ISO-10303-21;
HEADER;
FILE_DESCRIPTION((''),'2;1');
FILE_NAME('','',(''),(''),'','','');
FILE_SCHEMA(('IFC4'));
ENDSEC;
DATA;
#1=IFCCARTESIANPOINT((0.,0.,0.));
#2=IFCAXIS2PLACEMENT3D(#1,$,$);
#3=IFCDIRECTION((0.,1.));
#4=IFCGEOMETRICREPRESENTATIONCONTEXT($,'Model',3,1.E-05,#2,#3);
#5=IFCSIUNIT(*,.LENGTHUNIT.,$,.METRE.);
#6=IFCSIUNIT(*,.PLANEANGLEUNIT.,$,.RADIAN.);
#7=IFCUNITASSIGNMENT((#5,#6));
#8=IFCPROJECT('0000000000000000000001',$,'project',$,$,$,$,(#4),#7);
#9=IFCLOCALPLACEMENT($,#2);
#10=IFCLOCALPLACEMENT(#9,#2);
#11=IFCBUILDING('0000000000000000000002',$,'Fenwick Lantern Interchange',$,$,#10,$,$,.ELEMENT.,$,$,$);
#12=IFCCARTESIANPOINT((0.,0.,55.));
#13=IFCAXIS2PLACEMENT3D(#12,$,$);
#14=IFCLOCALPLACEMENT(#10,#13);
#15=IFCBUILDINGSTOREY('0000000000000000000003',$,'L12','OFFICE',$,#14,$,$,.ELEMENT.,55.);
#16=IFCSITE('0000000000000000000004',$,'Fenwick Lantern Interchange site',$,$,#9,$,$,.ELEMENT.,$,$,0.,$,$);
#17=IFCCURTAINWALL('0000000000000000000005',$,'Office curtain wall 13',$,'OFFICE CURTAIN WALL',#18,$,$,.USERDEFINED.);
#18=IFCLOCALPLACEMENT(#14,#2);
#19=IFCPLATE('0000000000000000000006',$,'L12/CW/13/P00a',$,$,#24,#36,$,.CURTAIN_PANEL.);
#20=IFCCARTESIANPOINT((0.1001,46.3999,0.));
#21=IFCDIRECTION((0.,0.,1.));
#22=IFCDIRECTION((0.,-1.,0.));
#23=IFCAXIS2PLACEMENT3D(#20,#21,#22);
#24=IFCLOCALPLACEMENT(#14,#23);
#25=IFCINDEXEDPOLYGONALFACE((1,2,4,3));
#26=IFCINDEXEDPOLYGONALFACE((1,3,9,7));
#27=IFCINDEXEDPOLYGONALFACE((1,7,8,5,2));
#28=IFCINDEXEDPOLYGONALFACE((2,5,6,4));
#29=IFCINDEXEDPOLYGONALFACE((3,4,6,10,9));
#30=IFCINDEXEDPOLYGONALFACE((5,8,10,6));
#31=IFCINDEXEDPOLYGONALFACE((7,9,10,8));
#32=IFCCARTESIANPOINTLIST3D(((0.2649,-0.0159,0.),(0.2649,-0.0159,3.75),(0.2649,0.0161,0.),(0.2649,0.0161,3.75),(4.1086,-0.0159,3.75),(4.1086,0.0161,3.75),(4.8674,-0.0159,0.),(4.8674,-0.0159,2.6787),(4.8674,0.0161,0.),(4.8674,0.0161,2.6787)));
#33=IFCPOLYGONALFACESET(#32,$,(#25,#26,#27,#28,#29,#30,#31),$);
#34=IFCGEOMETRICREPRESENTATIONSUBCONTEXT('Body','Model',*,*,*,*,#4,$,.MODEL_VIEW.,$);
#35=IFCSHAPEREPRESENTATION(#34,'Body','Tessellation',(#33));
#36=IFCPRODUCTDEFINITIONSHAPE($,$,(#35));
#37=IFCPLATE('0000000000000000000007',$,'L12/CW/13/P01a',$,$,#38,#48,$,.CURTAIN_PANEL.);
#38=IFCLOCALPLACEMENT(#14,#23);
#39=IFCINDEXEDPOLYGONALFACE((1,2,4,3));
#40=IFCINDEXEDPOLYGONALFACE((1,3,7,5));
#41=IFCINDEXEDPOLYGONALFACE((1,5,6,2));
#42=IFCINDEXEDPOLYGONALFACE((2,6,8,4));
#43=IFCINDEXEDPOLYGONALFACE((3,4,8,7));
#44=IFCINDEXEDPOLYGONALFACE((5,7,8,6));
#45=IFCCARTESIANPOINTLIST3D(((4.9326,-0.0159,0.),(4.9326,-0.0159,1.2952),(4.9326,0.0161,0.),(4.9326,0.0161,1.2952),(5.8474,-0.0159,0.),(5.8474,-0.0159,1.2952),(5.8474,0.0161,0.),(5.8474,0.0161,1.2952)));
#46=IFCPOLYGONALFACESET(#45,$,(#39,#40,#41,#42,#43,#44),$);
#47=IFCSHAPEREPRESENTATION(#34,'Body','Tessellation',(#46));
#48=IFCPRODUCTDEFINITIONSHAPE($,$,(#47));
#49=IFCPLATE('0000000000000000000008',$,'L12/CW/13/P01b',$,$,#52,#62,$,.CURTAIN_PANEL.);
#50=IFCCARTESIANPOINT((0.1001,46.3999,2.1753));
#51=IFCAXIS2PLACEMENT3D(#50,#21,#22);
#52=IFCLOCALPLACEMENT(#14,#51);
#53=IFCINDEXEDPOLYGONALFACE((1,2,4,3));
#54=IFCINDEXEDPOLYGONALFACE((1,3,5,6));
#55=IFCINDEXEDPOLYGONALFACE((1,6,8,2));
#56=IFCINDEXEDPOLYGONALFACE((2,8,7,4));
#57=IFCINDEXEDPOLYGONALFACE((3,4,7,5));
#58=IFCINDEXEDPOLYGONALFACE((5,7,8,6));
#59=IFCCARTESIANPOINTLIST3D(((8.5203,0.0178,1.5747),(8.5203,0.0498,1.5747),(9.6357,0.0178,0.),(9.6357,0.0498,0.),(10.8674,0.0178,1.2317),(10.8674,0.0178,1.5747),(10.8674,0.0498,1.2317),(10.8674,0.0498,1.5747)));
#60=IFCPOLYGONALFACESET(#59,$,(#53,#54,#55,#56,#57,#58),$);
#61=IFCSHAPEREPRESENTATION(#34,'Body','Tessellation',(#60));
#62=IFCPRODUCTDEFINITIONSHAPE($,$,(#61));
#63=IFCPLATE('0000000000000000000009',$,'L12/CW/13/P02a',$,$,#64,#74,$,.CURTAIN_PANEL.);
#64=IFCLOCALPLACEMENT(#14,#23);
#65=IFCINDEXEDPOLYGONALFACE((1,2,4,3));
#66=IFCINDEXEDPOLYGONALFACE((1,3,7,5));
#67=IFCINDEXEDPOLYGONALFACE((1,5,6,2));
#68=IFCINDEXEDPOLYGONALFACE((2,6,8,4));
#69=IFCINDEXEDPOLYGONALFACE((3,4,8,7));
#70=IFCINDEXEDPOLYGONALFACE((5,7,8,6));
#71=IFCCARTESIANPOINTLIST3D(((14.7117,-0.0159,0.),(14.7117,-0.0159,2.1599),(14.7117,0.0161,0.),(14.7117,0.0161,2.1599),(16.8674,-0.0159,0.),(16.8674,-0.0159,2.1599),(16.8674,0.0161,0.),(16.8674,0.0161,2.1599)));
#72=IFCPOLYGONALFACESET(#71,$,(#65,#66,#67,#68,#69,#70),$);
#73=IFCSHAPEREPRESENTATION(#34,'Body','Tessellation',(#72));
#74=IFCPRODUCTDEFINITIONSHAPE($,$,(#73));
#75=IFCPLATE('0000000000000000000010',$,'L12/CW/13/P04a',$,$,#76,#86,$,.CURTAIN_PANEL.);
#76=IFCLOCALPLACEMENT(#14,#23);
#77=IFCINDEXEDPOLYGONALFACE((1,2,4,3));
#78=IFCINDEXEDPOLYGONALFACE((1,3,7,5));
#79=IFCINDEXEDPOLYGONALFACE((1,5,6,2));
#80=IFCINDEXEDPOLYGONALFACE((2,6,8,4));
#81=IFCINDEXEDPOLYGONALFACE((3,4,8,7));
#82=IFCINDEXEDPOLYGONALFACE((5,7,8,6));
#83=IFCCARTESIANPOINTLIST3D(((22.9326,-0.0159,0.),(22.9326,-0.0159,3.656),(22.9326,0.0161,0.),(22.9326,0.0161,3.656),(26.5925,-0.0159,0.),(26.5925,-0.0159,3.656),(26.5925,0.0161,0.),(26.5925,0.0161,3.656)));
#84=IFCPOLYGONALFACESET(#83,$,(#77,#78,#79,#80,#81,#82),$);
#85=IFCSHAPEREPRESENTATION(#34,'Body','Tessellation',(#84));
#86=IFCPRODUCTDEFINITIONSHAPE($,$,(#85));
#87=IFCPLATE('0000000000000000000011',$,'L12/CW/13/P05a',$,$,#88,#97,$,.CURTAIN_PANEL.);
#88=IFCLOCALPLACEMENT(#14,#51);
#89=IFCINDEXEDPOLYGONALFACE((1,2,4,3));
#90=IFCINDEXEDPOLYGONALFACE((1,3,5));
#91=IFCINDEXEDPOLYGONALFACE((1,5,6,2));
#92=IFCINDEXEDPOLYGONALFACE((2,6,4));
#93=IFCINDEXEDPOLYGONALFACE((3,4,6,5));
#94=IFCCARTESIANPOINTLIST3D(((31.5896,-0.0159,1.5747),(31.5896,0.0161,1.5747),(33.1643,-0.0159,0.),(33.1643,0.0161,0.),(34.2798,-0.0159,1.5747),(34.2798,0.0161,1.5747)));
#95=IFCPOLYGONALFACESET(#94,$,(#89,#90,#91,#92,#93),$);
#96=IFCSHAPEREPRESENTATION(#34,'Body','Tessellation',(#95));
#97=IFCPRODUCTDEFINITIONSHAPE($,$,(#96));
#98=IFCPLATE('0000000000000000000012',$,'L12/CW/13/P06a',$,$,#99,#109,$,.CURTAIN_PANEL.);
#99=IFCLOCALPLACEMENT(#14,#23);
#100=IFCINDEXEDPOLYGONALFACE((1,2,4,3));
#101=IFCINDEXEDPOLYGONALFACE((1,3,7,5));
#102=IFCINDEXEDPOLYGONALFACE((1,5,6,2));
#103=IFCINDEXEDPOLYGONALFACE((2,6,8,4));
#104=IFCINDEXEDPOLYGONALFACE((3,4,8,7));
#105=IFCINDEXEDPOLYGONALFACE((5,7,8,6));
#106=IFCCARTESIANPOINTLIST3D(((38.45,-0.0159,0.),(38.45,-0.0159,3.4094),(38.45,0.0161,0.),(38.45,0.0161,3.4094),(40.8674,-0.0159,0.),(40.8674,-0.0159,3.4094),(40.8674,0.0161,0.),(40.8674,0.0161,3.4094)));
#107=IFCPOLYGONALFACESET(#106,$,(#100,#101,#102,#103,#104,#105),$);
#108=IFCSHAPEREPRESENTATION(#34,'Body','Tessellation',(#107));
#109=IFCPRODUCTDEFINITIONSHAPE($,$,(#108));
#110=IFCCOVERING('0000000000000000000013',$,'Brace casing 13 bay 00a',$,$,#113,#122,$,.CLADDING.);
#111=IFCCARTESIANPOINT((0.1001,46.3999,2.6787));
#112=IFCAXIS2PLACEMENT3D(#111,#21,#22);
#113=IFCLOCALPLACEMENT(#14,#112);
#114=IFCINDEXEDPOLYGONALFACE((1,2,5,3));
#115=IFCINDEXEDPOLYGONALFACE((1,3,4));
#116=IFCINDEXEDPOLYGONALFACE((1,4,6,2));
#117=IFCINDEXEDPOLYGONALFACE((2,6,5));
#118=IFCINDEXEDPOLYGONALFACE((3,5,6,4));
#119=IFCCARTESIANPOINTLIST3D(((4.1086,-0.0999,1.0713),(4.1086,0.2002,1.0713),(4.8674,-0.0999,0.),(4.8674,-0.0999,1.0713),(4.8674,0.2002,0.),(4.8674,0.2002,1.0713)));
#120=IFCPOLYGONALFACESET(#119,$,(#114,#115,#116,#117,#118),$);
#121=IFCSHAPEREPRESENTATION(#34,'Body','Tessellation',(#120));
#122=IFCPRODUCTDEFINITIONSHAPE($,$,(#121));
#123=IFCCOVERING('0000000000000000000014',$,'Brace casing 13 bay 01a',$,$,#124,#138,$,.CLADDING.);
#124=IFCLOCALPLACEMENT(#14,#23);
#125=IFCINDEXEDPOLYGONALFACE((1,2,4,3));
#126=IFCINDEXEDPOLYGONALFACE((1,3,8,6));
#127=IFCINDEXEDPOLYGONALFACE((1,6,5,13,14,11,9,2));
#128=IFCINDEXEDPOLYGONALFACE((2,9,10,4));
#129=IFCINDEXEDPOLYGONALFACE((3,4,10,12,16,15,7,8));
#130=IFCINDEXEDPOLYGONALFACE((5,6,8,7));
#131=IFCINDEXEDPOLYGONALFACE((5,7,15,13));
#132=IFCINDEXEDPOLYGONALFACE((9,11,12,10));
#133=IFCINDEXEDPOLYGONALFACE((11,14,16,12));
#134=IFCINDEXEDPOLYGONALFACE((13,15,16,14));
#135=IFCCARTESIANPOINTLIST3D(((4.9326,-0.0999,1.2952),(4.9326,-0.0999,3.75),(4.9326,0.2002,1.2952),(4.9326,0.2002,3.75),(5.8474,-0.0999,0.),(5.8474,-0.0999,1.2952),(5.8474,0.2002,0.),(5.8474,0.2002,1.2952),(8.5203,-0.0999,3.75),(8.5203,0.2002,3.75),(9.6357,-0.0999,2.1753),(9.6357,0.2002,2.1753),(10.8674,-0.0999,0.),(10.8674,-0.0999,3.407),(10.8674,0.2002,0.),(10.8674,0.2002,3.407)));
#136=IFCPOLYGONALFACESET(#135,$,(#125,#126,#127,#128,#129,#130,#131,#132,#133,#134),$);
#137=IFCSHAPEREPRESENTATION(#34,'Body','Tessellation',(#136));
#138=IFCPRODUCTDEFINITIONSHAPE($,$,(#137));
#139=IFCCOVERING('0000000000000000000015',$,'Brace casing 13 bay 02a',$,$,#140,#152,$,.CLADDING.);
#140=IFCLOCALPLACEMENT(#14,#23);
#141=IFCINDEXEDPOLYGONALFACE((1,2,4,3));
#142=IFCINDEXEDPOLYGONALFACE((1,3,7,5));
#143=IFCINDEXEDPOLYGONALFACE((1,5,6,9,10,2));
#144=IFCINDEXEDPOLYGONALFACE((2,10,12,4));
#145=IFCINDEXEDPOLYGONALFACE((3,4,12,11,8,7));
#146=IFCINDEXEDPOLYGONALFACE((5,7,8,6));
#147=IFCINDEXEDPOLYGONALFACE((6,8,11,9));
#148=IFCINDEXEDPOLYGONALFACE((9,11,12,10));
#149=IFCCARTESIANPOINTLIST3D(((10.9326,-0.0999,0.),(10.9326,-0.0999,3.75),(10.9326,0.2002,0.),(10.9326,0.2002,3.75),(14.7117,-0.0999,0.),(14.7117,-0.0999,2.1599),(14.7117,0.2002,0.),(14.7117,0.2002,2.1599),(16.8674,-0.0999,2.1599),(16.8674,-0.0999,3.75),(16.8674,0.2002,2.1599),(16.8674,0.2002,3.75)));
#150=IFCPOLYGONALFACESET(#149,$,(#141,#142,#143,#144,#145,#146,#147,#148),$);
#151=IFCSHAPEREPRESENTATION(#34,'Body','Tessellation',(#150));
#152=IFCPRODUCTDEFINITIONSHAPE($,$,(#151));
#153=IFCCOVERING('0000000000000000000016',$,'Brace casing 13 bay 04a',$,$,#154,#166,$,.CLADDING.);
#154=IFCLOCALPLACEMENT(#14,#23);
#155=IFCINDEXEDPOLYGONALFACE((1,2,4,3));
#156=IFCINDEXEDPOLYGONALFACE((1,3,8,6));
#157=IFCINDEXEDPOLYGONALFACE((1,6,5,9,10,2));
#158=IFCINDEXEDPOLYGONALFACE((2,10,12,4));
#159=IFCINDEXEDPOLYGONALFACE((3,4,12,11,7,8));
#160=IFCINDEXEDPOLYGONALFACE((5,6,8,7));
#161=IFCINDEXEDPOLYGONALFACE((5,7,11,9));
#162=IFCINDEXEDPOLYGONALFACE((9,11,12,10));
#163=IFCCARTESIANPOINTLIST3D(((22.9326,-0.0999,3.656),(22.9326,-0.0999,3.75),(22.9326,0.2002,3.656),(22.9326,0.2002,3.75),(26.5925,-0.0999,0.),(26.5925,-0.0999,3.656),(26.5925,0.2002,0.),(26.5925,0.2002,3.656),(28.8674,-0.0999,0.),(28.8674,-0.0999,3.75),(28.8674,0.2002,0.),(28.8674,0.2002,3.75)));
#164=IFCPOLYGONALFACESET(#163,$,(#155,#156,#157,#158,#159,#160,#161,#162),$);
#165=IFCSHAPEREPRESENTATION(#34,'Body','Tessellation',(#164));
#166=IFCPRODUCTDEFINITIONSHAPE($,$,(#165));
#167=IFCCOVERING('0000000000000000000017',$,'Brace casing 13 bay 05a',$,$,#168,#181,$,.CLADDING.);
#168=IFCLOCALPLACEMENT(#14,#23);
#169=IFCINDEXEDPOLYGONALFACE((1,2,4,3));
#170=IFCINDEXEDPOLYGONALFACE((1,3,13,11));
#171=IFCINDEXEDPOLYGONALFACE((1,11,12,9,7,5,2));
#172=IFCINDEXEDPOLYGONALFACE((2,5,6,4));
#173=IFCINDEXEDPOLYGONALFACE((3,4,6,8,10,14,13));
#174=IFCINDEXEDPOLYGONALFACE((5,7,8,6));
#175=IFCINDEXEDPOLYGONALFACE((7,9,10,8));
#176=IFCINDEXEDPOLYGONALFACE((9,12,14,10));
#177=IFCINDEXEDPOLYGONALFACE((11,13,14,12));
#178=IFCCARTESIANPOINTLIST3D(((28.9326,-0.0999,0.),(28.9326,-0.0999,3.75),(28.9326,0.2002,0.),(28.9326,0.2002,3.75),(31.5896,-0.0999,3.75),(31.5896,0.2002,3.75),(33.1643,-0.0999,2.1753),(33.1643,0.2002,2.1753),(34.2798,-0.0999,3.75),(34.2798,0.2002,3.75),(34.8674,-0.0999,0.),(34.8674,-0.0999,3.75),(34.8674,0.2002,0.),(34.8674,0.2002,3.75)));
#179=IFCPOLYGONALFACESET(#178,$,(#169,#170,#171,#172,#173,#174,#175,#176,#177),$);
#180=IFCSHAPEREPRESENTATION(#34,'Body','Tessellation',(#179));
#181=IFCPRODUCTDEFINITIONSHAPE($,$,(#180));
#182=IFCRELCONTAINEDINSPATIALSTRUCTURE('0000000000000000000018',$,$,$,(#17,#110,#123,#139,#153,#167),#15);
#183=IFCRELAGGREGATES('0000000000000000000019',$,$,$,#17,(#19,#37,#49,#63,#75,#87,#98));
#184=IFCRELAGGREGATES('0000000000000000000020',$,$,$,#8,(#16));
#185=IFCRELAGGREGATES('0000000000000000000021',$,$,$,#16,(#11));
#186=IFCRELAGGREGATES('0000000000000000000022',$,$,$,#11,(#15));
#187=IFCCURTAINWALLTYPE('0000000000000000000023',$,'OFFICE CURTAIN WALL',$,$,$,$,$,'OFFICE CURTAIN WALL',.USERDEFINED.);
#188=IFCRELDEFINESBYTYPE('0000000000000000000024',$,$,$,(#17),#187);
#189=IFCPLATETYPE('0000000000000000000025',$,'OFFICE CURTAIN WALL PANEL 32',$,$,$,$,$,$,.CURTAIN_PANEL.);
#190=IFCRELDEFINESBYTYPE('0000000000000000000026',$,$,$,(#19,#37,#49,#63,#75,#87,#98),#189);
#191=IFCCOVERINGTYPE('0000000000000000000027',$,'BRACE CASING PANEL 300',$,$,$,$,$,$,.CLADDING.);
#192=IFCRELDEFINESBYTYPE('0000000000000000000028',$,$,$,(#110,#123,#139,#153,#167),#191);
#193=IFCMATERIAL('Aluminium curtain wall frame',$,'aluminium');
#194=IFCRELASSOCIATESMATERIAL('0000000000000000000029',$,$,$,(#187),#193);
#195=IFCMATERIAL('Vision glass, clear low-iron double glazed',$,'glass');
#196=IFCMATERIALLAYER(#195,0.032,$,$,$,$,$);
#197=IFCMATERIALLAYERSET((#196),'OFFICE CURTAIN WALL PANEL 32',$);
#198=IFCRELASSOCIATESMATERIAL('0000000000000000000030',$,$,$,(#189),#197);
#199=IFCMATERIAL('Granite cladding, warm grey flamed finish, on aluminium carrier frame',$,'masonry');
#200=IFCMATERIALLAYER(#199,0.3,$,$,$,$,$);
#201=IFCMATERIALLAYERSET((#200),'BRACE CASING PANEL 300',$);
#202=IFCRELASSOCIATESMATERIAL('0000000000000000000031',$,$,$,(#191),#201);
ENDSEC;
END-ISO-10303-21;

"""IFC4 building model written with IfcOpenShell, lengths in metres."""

from ifc_helpers import new_model, si_unit, direction, frame, origin, place, context, subcontext, project, spatial, polyline, outline, extrude, material, layer, layer_set, type_object, element, aggregate, save


model = new_model("IFC4")

# Units and contexts
model_context = context("Model", 3, precision=1e-05, world=origin(), true_north=direction((0.0, 1.0)))
body_context = subcontext(model_context, "Body", "Model", "MODEL_VIEW")
ifc_project = project(units=[si_unit("LENGTHUNIT", "METRE"), si_unit("PLANEANGLEUNIT", "RADIAN")], contexts=[model_context])

# Site, building, storey
site_placement = place(None, origin())
site = spatial("IfcSite", under=ifc_project, at=site_placement, Name="Fenwick Lantern Interchange site", CompositionType="ELEMENT", RefElevation=0.0)
building_placement = place(site_placement, origin())
building = spatial("IfcBuilding", under=site, at=building_placement, Name="Fenwick Lantern Interchange", CompositionType="ELEMENT")
storey_placement = place(building_placement, frame((0.0, 0.0, 55.0)))
storey = spatial("IfcBuildingStorey", under=building, at=storey_placement, Name="L12", Description="OFFICE", CompositionType="ELEMENT", Elevation=55.0)

# Shared definitions
ifc_material_1 = material(Name="Aluminium curtain wall frame", Category="aluminium")
curtain_wall_type = type_object("IfcCurtainWallType", Name="OFFICE CURTAIN WALL", ElementType="OFFICE CURTAIN WALL", PredefinedType="USERDEFINED", material=ifc_material_1)

# Curtain wall
curtain_wall_1_placement = place(storey_placement, origin())
curtain_wall_1 = element("IfcCurtainWall", 1, at=curtain_wall_1_placement, inside=storey, type_object=curtain_wall_type, Name="Office curtain wall 13", ObjectType="OFFICE CURTAIN WALL", PredefinedType="USERDEFINED")

# Plates
ifc_material_2 = material(Name="Vision glass, clear low-iron double glazed", Category="glass")
ifc_layer_1 = layer(ifc_material_2, 0.032)
ifc_layer_set_1 = layer_set([ifc_layer_1], Name="OFFICE CURTAIN WALL PANEL 32")
plate_type = type_object("IfcPlateType", Name="OFFICE CURTAIN WALL PANEL 32", PredefinedType="CURTAIN_PANEL", material=ifc_layer_set_1)
plate_1_placement = place(storey_placement, frame((0.1001, 46.3999, 0.0), z_axis=(0.0, 0.0, 1.0), x_axis=(0.0, -1.0, 0.0)))
plate_1 = element("IfcPlate", 2, at=plate_1_placement, type_object=plate_type, Name="L12/CW/13/P00a", PredefinedType="CURTAIN_PANEL", context=body_context, shape_type="SweptSolid", body=[
    extrude(outline(polyline([(0.2649, 0.0), (4.8674, 0.0), (4.8674, 2.6787), (4.1086, 3.75), (0.2649, 3.75), (0.2649, 0.0)])), frame((0.0, 0.0161, 0.0), z_axis=(0.0, -1.0, 0.0), x_axis=(1.0, 0.0, 0.0)), (0.0, 0.0, 1.0), 0.032),
])
plate_2_placement = place(storey_placement, frame((0.1001, 46.3999, 0.0), z_axis=(0.0, 0.0, 1.0), x_axis=(0.0, -1.0, 0.0)))
plate_2 = element("IfcPlate", 3, at=plate_2_placement, type_object=plate_type, Name="L12/CW/13/P01a", PredefinedType="CURTAIN_PANEL", context=body_context, shape_type="SweptSolid", body=[
    extrude(outline(polyline([(4.9326, 0.0), (5.8474, 0.0), (5.8474, 1.2952), (4.9326, 1.2952), (4.9326, 0.0)])), frame((0.0, 0.0161, 0.0), z_axis=(0.0, -1.0, 0.0), x_axis=(1.0, 0.0, 0.0)), (0.0, 0.0, 1.0), 0.032),
])
plate_3_placement = place(storey_placement, frame((0.1001, 46.3999, 2.1753), z_axis=(0.0, 0.0, 1.0), x_axis=(0.0, -1.0, 0.0)))
plate_3 = element("IfcPlate", 4, at=plate_3_placement, type_object=plate_type, Name="L12/CW/13/P01b", PredefinedType="CURTAIN_PANEL", context=body_context, shape_type="SweptSolid", body=[
    extrude(outline(polyline([(9.6357, 0.0), (10.8674, 1.2317), (10.8674, 1.5747), (8.5203, 1.5747), (9.6357, 0.0)])), frame((0.0, 0.0498, 0.0), z_axis=(0.0, -1.0, 0.0), x_axis=(1.0, 0.0, 0.0)), (0.0, 0.0, 1.0), 0.032),
])
plate_4_placement = place(storey_placement, frame((0.1001, 46.3999, 0.0), z_axis=(0.0, 0.0, 1.0), x_axis=(0.0, -1.0, 0.0)))
plate_4 = element("IfcPlate", 5, at=plate_4_placement, type_object=plate_type, Name="L12/CW/13/P02a", PredefinedType="CURTAIN_PANEL", context=body_context, shape_type="SweptSolid", body=[
    extrude(outline(polyline([(14.7117, 0.0), (16.8674, 0.0), (16.8674, 2.1599), (14.7117, 2.1599), (14.7117, 0.0)])), frame((0.0, 0.0161, 0.0), z_axis=(0.0, -1.0, 0.0), x_axis=(1.0, 0.0, 0.0)), (0.0, 0.0, 1.0), 0.032),
])
plate_5_placement = place(storey_placement, frame((0.1001, 46.3999, 0.0), z_axis=(0.0, 0.0, 1.0), x_axis=(0.0, -1.0, 0.0)))
plate_5 = element("IfcPlate", 6, at=plate_5_placement, type_object=plate_type, Name="L12/CW/13/P04a", PredefinedType="CURTAIN_PANEL", context=body_context, shape_type="SweptSolid", body=[
    extrude(outline(polyline([(22.9326, 0.0), (26.5925, 0.0), (26.5925, 3.656), (22.9326, 3.656), (22.9326, 0.0)])), frame((0.0, 0.0161, 0.0), z_axis=(0.0, -1.0, 0.0), x_axis=(1.0, 0.0, 0.0)), (0.0, 0.0, 1.0), 0.032),
])
plate_6_placement = place(storey_placement, frame((0.1001, 46.3999, 2.1753), z_axis=(0.0, 0.0, 1.0), x_axis=(0.0, -1.0, 0.0)))
plate_6 = element("IfcPlate", 7, at=plate_6_placement, type_object=plate_type, Name="L12/CW/13/P05a", PredefinedType="CURTAIN_PANEL", context=body_context, shape_type="SweptSolid", body=[
    extrude(outline(polyline([(33.1643, 0.0), (34.2798, 1.5747), (31.5896, 1.5747), (33.1643, 0.0)])), frame((0.0, 0.0161, 0.0), z_axis=(0.0, -1.0, 0.0), x_axis=(1.0, 0.0, 0.0)), (0.0, 0.0, 1.0), 0.032),
])
plate_7_placement = place(storey_placement, frame((0.1001, 46.3999, 0.0), z_axis=(0.0, 0.0, 1.0), x_axis=(0.0, -1.0, 0.0)))
plate_7 = element("IfcPlate", 8, at=plate_7_placement, type_object=plate_type, Name="L12/CW/13/P06a", PredefinedType="CURTAIN_PANEL", context=body_context, shape_type="SweptSolid", body=[
    extrude(outline(polyline([(38.45, 0.0), (40.8674, 0.0), (40.8674, 3.4094), (38.45, 3.4094), (38.45, 0.0)])), frame((0.0, 0.0161, 0.0), z_axis=(0.0, -1.0, 0.0), x_axis=(1.0, 0.0, 0.0)), (0.0, 0.0, 1.0), 0.032),
])
aggregate(curtain_wall_1, [plate_1, plate_2, plate_3, plate_4, plate_5, plate_6, plate_7])

# Coverings
ifc_material_3 = material(Name="Granite cladding, warm grey flamed finish, on aluminium carrier frame", Category="masonry")
ifc_layer_2 = layer(ifc_material_3, 0.3)
ifc_layer_set_2 = layer_set([ifc_layer_2], Name="BRACE CASING PANEL 300")
covering_type = type_object("IfcCoveringType", Name="BRACE CASING PANEL 300", PredefinedType="CLADDING", material=ifc_layer_set_2)
covering_1_placement = place(storey_placement, frame((0.1001, 46.3999, 2.6787), z_axis=(0.0, 0.0, 1.0), x_axis=(0.0, -1.0, 0.0)))
element("IfcCovering", 9, at=covering_1_placement, inside=storey, type_object=covering_type, Name="Brace casing 13 bay 00a", PredefinedType="CLADDING", context=body_context, shape_type="SweptSolid", body=[
    extrude(outline(polyline([(4.8674, 0.0), (4.8674, 1.0713), (4.1086, 1.0713), (4.8674, 0.0)])), frame((0.0, 0.2002, 0.0), z_axis=(0.0, -1.0, 0.0), x_axis=(1.0, 0.0, 0.0)), (0.0, 0.0, 1.0), 0.3),
])
covering_2_placement = place(storey_placement, frame((0.1001, 46.3999, 0.0), z_axis=(0.0, 0.0, 1.0), x_axis=(0.0, -1.0, 0.0)))
element("IfcCovering", 10, at=covering_2_placement, inside=storey, type_object=covering_type, Name="Brace casing 13 bay 01a", PredefinedType="CLADDING", context=body_context, shape_type="SweptSolid", body=[
    extrude(outline(polyline([(5.8474, 0.0), (10.8674, 0.0), (10.8674, 3.407), (9.6357, 2.1753), (8.5203, 3.75), (4.9326, 3.75), (4.9326, 1.2952), (5.8474, 1.2952), (5.8474, 0.0)])), frame((0.0, 0.2002, 0.0), z_axis=(0.0, -1.0, 0.0), x_axis=(1.0, 0.0, 0.0)), (0.0, 0.0, 1.0), 0.3),
])
covering_3_placement = place(storey_placement, frame((0.1001, 46.3999, 0.0), z_axis=(0.0, 0.0, 1.0), x_axis=(0.0, -1.0, 0.0)))
element("IfcCovering", 11, at=covering_3_placement, inside=storey, type_object=covering_type, Name="Brace casing 13 bay 02a", PredefinedType="CLADDING", context=body_context, shape_type="SweptSolid", body=[
    extrude(outline(polyline([(10.9326, 0.0), (14.7117, 0.0), (14.7117, 2.1599), (16.8674, 2.1599), (16.8674, 3.75), (10.9326, 3.75), (10.9326, 0.0)])), frame((0.0, 0.2002, 0.0), z_axis=(0.0, -1.0, 0.0), x_axis=(1.0, 0.0, 0.0)), (0.0, 0.0, 1.0), 0.3),
])
covering_4_placement = place(storey_placement, frame((0.1001, 46.3999, 0.0), z_axis=(0.0, 0.0, 1.0), x_axis=(0.0, -1.0, 0.0)))
element("IfcCovering", 12, at=covering_4_placement, inside=storey, type_object=covering_type, Name="Brace casing 13 bay 04a", PredefinedType="CLADDING", context=body_context, shape_type="SweptSolid", body=[
    extrude(outline(polyline([(26.5925, 0.0), (28.8674, 0.0), (28.8674, 3.75), (22.9326, 3.75), (22.9326, 3.656), (26.5925, 3.656), (26.5925, 0.0)])), frame((0.0, 0.2002, 0.0), z_axis=(0.0, -1.0, 0.0), x_axis=(1.0, 0.0, 0.0)), (0.0, 0.0, 1.0), 0.3),
])
covering_5_placement = place(storey_placement, frame((0.1001, 46.3999, 0.0), z_axis=(0.0, 0.0, 1.0), x_axis=(0.0, -1.0, 0.0)))
element("IfcCovering", 13, at=covering_5_placement, inside=storey, type_object=covering_type, Name="Brace casing 13 bay 05a", PredefinedType="CLADDING", context=body_context, shape_type="SweptSolid", body=[
    extrude(outline(polyline([(28.9326, 0.0), (34.8674, 0.0), (34.8674, 3.75), (34.2798, 3.75), (33.1643, 2.1753), (31.5896, 3.75), (28.9326, 3.75), (28.9326, 0.0)])), frame((0.0, 0.2002, 0.0), z_axis=(0.0, -1.0, 0.0), x_axis=(1.0, 0.0, 0.0)), (0.0, 0.0, 1.0), 0.3),
])

save(model, "model.ifc")
